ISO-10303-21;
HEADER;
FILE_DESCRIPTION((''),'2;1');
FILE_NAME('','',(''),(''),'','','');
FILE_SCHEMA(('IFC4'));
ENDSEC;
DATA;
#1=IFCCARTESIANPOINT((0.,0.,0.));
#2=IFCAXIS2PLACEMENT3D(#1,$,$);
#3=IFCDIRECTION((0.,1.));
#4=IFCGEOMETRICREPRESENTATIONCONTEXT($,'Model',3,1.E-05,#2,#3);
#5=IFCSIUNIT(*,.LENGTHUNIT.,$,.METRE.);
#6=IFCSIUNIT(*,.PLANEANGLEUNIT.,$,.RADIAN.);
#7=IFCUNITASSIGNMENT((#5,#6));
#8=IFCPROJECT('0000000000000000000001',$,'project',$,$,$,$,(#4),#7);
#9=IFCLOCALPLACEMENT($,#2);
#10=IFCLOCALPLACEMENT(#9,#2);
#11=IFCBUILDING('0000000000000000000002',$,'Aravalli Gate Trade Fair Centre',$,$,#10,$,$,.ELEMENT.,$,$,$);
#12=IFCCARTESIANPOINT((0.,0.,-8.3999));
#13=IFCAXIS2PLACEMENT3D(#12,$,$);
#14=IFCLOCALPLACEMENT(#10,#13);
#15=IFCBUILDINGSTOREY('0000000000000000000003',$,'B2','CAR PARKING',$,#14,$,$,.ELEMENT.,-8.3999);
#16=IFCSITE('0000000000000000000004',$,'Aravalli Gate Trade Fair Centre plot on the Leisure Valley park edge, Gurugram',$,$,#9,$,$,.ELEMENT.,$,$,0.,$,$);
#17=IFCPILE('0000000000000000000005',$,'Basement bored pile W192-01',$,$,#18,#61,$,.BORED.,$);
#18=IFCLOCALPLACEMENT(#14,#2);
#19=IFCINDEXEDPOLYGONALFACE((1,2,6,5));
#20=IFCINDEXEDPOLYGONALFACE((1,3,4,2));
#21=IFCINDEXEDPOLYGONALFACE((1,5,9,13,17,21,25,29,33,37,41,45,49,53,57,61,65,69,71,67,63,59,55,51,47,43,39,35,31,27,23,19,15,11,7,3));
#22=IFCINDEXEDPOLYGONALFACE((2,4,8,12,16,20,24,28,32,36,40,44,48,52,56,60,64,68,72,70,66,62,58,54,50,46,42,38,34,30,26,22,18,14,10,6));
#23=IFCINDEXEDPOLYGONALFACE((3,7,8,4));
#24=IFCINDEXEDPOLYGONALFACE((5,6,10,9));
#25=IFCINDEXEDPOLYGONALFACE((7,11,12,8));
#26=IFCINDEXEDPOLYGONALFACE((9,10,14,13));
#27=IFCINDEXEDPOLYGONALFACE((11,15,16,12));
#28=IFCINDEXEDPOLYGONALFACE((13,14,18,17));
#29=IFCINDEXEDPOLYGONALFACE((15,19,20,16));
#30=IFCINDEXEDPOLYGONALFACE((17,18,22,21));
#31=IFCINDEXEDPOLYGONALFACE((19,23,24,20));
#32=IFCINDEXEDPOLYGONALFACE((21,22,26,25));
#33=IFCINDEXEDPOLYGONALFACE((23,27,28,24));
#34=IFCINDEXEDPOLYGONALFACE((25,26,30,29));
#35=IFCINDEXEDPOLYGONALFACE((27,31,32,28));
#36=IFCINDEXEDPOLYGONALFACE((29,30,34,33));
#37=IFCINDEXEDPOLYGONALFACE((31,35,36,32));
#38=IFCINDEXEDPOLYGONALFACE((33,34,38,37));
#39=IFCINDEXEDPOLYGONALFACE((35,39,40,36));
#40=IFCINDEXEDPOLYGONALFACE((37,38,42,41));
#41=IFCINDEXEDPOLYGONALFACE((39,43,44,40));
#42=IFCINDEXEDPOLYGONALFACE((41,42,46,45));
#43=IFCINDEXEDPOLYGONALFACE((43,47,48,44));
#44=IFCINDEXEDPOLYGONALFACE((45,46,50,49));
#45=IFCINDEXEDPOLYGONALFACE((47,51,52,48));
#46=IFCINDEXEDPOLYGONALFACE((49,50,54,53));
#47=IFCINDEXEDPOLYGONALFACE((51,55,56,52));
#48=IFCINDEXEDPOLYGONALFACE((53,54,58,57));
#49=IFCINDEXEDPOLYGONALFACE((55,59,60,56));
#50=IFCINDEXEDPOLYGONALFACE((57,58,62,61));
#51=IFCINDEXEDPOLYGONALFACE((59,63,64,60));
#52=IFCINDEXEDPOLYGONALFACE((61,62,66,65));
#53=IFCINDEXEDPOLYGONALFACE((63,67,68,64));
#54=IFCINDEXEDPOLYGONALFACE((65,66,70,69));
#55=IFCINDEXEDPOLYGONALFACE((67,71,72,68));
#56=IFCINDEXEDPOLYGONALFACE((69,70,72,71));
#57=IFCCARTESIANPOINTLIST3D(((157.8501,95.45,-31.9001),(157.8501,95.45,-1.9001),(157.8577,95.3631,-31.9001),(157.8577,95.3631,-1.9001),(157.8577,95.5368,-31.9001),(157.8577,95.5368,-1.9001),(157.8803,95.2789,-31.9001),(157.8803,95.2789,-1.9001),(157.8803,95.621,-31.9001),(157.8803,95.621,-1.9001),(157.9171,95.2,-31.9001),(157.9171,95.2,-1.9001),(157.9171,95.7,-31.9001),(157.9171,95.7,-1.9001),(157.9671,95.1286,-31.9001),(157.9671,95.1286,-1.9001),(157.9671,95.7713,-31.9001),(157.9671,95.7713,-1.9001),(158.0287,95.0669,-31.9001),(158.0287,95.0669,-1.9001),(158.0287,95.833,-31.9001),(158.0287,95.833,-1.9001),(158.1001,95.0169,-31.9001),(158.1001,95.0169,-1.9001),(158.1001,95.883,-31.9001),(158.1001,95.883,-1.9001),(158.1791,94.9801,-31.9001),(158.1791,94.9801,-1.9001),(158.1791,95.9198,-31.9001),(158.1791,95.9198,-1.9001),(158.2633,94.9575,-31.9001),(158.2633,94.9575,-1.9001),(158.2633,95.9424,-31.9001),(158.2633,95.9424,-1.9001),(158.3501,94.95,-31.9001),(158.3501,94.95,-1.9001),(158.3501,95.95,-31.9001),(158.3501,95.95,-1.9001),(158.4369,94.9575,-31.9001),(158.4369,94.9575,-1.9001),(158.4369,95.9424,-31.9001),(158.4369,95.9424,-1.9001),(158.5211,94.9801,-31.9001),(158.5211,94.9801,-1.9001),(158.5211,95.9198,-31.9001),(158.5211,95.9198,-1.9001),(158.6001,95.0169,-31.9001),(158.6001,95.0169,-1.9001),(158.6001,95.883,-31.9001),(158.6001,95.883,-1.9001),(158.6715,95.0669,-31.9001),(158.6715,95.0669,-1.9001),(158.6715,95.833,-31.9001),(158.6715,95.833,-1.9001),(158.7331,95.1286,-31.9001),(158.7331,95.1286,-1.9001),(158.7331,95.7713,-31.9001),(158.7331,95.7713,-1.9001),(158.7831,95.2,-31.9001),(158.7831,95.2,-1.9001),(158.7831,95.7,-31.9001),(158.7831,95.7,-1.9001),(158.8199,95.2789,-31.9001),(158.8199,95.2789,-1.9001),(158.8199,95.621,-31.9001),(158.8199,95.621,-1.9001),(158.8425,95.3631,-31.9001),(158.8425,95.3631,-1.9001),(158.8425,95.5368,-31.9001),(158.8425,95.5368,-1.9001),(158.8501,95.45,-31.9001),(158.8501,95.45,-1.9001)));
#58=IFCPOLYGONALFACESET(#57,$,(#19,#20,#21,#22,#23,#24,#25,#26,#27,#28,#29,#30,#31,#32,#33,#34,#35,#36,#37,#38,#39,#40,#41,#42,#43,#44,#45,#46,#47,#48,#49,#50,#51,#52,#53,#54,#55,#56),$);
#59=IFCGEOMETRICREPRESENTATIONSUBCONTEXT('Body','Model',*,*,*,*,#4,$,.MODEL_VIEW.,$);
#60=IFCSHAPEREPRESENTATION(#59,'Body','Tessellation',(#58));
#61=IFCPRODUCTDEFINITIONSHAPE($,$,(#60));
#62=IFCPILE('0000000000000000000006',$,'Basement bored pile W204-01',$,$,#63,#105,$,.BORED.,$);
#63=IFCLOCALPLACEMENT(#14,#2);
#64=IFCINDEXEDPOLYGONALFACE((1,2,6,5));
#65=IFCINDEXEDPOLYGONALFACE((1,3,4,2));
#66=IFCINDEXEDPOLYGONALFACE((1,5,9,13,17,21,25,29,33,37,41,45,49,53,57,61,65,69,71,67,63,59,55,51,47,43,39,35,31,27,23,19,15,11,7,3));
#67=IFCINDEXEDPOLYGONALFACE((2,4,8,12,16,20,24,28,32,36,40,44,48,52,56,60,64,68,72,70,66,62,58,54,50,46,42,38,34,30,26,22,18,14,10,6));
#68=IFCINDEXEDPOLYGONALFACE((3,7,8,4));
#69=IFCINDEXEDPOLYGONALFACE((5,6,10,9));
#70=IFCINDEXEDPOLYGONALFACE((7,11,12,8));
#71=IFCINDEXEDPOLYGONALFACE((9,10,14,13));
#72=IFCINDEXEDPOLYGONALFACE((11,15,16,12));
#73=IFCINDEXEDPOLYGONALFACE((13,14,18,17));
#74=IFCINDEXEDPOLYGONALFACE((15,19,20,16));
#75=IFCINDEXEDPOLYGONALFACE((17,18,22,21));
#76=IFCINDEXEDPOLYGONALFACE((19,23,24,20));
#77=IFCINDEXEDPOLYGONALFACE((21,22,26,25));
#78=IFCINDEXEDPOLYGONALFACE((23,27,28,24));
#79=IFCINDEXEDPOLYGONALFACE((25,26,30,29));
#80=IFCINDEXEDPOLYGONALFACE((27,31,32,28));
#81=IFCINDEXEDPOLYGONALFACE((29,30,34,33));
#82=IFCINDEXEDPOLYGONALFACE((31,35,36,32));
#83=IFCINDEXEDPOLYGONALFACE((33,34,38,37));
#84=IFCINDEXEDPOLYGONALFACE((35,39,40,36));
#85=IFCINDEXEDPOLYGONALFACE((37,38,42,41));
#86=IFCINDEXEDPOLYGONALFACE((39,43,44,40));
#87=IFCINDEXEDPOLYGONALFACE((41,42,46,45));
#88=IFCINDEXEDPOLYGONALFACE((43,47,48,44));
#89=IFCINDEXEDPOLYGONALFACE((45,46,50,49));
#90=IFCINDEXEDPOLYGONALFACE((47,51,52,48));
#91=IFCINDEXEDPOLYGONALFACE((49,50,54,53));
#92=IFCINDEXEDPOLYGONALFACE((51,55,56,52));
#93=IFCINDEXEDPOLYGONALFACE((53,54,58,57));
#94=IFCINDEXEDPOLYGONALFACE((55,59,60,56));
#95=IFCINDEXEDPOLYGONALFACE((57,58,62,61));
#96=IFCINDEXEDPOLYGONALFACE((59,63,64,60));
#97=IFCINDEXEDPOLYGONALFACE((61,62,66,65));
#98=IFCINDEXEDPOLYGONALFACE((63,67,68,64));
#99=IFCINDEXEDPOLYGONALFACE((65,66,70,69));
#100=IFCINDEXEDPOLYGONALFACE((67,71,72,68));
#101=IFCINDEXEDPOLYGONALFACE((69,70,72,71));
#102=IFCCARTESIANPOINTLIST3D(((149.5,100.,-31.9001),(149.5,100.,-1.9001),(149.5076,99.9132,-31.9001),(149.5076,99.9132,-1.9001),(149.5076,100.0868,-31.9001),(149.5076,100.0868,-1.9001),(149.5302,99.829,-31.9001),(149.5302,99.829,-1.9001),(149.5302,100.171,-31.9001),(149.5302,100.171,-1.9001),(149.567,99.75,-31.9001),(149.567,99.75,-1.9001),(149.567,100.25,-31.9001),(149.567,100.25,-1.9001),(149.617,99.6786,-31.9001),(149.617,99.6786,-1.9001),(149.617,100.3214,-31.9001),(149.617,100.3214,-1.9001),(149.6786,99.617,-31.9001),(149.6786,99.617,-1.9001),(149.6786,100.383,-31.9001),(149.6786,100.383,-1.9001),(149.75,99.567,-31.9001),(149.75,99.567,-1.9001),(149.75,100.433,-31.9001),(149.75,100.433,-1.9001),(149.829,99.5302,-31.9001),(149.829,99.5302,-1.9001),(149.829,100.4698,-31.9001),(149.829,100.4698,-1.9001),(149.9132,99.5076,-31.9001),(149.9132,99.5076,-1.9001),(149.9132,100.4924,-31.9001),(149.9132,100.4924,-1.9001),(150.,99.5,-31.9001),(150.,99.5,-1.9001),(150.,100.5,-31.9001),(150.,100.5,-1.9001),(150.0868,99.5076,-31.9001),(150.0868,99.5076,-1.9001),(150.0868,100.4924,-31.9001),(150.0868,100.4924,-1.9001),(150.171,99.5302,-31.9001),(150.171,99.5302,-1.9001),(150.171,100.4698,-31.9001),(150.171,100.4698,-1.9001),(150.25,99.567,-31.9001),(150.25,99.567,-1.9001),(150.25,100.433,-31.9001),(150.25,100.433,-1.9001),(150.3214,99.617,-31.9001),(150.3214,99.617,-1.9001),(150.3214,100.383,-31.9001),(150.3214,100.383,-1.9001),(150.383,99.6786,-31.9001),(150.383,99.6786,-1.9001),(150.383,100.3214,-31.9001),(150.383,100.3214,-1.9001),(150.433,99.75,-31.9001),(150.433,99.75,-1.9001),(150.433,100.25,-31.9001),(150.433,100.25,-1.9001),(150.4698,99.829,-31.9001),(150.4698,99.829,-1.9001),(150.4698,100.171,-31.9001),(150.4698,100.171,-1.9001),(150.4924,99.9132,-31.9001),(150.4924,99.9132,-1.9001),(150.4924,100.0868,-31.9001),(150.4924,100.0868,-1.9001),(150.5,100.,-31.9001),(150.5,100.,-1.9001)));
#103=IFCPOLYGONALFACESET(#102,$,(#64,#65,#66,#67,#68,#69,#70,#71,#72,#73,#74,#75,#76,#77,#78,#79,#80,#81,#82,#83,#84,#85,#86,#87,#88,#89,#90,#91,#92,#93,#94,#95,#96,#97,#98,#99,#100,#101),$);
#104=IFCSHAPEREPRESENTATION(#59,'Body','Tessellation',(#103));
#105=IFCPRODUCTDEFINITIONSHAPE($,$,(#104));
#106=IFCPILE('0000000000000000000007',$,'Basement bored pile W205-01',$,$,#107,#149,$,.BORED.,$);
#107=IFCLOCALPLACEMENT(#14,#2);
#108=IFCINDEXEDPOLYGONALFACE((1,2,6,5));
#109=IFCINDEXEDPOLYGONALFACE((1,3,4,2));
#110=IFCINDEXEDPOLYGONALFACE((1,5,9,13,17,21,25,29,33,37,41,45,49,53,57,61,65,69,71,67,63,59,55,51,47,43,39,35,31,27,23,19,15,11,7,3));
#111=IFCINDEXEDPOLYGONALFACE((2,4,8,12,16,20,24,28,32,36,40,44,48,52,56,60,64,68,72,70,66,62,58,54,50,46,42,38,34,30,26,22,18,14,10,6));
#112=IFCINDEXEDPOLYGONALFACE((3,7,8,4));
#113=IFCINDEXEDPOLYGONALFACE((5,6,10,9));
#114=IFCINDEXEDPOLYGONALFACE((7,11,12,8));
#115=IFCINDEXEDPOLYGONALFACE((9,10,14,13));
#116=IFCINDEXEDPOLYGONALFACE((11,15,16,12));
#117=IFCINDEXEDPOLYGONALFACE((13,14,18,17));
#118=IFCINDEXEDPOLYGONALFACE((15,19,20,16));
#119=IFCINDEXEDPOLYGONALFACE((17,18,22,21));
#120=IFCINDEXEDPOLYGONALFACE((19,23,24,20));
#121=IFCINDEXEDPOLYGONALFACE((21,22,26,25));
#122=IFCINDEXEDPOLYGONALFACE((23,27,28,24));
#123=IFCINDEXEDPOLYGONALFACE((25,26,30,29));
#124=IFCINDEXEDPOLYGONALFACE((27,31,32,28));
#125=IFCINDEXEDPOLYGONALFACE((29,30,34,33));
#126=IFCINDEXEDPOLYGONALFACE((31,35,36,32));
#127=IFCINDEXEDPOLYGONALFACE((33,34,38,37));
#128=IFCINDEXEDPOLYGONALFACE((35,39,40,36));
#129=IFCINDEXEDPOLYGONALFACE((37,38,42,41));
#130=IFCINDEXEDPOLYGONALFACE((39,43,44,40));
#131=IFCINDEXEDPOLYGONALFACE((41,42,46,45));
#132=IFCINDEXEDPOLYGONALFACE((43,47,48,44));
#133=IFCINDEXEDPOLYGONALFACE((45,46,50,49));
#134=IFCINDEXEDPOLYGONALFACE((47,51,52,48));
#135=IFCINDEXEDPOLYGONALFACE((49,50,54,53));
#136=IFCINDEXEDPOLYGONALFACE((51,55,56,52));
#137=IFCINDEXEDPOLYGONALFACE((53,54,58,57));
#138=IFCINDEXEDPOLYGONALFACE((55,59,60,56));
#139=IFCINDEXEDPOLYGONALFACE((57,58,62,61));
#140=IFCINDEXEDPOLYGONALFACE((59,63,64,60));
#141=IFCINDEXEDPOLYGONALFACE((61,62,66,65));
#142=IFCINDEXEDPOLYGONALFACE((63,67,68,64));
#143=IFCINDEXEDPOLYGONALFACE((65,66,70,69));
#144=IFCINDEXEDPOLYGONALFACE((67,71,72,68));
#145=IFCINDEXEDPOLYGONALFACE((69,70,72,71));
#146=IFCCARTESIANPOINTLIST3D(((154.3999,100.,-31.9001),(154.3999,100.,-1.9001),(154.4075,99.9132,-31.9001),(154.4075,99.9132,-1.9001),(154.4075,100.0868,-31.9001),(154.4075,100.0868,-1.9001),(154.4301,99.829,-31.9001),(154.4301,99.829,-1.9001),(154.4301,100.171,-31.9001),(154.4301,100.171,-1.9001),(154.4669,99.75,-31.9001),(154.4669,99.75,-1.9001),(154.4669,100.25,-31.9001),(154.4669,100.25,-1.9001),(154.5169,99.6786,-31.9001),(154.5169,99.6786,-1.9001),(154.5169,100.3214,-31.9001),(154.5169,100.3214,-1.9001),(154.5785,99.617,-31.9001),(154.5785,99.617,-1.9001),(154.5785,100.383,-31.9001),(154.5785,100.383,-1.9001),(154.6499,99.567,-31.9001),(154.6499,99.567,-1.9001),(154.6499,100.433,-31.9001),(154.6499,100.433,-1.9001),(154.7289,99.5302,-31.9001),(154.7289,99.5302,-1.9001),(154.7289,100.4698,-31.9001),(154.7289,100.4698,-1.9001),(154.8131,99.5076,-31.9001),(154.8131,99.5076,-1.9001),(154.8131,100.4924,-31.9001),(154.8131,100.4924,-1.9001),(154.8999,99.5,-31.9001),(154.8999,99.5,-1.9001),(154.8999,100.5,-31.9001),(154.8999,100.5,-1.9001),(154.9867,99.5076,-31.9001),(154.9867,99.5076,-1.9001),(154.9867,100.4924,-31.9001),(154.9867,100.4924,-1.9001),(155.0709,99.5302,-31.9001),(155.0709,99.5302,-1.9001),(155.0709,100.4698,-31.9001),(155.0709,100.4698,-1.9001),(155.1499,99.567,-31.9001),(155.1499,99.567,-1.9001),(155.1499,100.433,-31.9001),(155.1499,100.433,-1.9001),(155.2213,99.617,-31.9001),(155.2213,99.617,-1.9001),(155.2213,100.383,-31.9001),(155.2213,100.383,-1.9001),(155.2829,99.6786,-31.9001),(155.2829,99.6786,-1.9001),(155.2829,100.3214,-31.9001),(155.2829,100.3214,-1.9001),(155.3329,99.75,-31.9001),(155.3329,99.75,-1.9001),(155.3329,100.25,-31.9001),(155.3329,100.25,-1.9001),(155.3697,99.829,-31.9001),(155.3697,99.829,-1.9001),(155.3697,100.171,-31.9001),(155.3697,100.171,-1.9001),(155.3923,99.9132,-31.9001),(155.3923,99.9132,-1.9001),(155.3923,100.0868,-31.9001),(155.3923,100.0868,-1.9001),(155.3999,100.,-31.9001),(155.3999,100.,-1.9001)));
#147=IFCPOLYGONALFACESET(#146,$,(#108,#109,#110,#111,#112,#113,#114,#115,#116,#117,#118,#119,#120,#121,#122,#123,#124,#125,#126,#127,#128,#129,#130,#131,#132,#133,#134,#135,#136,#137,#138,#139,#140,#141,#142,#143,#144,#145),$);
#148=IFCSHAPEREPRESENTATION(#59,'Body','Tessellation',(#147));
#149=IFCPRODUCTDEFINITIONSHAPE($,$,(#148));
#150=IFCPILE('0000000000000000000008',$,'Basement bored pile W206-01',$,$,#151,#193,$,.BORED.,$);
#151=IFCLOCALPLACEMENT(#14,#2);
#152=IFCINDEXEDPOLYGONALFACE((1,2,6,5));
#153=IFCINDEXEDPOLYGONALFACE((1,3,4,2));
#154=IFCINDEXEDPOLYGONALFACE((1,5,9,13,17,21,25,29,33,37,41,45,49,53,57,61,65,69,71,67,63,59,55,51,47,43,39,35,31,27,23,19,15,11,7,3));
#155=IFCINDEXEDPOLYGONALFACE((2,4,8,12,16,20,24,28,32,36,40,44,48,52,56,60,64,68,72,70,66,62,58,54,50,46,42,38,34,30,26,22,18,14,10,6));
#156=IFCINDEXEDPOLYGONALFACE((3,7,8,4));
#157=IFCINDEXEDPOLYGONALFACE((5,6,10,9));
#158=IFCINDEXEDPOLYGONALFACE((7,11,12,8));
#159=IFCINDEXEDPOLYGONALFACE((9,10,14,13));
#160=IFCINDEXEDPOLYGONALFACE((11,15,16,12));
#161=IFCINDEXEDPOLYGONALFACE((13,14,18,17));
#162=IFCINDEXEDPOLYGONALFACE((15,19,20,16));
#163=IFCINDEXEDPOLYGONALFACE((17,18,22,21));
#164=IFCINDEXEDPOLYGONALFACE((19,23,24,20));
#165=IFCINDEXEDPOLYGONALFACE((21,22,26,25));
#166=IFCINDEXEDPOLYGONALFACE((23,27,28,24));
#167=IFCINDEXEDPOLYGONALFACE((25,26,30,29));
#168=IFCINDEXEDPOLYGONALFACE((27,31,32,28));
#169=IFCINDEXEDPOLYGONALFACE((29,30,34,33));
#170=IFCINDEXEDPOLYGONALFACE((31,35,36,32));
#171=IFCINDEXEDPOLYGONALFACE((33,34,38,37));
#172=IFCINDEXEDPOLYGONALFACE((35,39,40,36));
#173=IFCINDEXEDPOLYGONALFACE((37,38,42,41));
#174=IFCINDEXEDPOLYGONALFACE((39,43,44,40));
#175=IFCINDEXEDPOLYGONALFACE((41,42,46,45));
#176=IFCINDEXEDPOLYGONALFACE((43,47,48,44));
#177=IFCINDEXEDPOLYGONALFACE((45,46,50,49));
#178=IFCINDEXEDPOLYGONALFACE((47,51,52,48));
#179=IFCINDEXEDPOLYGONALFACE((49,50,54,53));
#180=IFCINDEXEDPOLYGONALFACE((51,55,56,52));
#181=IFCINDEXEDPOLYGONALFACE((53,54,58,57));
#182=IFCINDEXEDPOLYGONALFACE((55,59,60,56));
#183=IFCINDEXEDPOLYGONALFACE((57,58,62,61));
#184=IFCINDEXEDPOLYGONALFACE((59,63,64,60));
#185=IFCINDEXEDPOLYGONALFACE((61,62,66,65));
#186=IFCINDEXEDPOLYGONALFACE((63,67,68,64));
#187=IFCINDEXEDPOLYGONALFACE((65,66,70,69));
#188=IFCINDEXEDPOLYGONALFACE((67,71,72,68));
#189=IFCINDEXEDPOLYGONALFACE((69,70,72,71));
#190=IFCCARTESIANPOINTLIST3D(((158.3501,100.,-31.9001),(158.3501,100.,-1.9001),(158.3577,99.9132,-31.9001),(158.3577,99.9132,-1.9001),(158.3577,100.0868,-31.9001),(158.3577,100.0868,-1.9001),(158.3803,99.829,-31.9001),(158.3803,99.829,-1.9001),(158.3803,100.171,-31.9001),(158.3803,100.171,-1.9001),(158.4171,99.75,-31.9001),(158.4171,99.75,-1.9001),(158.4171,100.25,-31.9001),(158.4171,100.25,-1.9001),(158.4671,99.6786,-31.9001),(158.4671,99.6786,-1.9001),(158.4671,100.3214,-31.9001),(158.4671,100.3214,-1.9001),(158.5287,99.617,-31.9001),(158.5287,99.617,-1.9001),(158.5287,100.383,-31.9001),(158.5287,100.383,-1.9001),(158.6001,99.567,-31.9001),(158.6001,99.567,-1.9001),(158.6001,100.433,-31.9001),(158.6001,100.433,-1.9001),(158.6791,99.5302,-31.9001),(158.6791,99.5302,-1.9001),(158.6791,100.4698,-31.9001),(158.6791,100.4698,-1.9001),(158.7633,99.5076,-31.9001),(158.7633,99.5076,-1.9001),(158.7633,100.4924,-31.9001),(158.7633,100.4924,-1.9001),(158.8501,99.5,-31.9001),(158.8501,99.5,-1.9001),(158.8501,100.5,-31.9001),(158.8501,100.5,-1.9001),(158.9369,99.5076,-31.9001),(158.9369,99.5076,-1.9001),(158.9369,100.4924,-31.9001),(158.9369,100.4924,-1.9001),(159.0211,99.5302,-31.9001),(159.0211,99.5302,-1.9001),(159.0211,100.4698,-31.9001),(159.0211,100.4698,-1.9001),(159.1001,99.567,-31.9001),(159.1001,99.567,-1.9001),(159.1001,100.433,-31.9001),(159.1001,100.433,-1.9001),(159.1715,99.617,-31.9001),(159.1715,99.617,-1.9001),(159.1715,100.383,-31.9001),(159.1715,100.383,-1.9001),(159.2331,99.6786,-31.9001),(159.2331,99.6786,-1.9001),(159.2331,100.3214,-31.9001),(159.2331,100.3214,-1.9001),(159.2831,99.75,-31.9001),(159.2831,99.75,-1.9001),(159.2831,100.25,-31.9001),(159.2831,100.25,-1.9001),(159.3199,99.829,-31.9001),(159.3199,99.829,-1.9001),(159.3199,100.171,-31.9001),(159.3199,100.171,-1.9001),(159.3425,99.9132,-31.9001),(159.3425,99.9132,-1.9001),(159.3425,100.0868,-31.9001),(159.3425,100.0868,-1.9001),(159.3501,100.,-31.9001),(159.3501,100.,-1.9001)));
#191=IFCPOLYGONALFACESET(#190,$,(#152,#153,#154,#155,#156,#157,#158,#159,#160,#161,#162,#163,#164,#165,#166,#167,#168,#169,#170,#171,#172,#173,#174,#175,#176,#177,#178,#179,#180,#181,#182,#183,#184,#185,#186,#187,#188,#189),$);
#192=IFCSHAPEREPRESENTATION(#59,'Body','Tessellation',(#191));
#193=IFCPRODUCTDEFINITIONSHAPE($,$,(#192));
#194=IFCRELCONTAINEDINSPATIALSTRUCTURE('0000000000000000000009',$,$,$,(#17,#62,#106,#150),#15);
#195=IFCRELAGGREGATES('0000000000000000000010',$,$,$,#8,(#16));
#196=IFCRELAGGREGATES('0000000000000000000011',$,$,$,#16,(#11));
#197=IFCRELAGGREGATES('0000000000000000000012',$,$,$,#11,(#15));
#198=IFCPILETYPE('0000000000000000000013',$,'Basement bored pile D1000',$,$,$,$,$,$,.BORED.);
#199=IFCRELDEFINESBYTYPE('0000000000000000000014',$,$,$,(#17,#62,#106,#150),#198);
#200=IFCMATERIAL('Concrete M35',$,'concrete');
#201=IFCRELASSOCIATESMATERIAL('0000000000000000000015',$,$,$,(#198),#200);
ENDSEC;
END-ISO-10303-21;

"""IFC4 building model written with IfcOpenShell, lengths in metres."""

from ifc_helpers import new_model, si_unit, direction, frame, origin, origin_2d, place, context, subcontext, project, spatial, circle, extrude, material, material_profile, profile_set, type_object, element, save


model = new_model("IFC4")

# Units and contexts
model_context = context("Model", 3, precision=1e-05, world=origin(), true_north=direction((0.0, 1.0)))
body_context = subcontext(model_context, "Body", "Model", "MODEL_VIEW")
ifc_project = project(units=[si_unit("LENGTHUNIT", "METRE"), si_unit("PLANEANGLEUNIT", "RADIAN")], contexts=[model_context])

# Site, building, storey
site_placement = place(None, origin())
site = spatial("IfcSite", under=ifc_project, at=site_placement, Name="Aravalli Gate Trade Fair Centre plot on the Leisure Valley park edge, Gurugram", CompositionType="ELEMENT", RefElevation=0.0)
building_placement = place(site_placement, origin())
building = spatial("IfcBuilding", under=site, at=building_placement, Name="Aravalli Gate Trade Fair Centre", CompositionType="ELEMENT")
storey_placement = place(building_placement, frame((0.0, 0.0, -8.3999)))
storey = spatial("IfcBuildingStorey", under=building, at=storey_placement, Name="B2", Description="CAR PARKING", CompositionType="ELEMENT", Elevation=-8.3999)

# Piles
ifc_material_1 = material(Name="Concrete M35", Category="concrete")
ifc_material_profile_1 = material_profile(ifc_material_1, circle(Radius=0.5, at=origin_2d()), Name="D1000")
ifc_profile_set_1 = profile_set([ifc_material_profile_1], Name="Concrete M35")
pile_type = type_object("IfcPileType", Name="Basement bored pile D1000", PredefinedType="BORED", material=ifc_profile_set_1)
for number, where, z_axis, x_axis, name in (
    (1, (158.3501, 95.45, -1.9001), (0.0, 0.0, -1.0), (1.0, 0.0, 0.0), "Basement bored pile W192-01"),
    (2, (150.0, 100.0, -1.9001), (0.0, 0.0, -1.0), (1.0, 0.0, 0.0), "Basement bored pile W204-01"),
    (3, (154.8999, 100.0, -1.9001), (0.0, 0.0, -1.0), (1.0, 0.0, 0.0), "Basement bored pile W205-01"),
    (4, (158.8501, 100.0, -1.9001), (0.0, 0.0, -1.0), (1.0, 0.0, 0.0), "Basement bored pile W206-01"),
):
    element("IfcPile", number, at=place(storey_placement, frame(where, z_axis=z_axis, x_axis=x_axis)), inside=storey, type_object=pile_type, Name=name, PredefinedType="BORED", context=body_context, shape_type="SweptSolid", body=[
        extrude(circle(Radius=0.5, at=origin_2d()), origin(), (0.0, 0.0, 1.0), 30.0),
    ])

save(model, "model.ifc")
